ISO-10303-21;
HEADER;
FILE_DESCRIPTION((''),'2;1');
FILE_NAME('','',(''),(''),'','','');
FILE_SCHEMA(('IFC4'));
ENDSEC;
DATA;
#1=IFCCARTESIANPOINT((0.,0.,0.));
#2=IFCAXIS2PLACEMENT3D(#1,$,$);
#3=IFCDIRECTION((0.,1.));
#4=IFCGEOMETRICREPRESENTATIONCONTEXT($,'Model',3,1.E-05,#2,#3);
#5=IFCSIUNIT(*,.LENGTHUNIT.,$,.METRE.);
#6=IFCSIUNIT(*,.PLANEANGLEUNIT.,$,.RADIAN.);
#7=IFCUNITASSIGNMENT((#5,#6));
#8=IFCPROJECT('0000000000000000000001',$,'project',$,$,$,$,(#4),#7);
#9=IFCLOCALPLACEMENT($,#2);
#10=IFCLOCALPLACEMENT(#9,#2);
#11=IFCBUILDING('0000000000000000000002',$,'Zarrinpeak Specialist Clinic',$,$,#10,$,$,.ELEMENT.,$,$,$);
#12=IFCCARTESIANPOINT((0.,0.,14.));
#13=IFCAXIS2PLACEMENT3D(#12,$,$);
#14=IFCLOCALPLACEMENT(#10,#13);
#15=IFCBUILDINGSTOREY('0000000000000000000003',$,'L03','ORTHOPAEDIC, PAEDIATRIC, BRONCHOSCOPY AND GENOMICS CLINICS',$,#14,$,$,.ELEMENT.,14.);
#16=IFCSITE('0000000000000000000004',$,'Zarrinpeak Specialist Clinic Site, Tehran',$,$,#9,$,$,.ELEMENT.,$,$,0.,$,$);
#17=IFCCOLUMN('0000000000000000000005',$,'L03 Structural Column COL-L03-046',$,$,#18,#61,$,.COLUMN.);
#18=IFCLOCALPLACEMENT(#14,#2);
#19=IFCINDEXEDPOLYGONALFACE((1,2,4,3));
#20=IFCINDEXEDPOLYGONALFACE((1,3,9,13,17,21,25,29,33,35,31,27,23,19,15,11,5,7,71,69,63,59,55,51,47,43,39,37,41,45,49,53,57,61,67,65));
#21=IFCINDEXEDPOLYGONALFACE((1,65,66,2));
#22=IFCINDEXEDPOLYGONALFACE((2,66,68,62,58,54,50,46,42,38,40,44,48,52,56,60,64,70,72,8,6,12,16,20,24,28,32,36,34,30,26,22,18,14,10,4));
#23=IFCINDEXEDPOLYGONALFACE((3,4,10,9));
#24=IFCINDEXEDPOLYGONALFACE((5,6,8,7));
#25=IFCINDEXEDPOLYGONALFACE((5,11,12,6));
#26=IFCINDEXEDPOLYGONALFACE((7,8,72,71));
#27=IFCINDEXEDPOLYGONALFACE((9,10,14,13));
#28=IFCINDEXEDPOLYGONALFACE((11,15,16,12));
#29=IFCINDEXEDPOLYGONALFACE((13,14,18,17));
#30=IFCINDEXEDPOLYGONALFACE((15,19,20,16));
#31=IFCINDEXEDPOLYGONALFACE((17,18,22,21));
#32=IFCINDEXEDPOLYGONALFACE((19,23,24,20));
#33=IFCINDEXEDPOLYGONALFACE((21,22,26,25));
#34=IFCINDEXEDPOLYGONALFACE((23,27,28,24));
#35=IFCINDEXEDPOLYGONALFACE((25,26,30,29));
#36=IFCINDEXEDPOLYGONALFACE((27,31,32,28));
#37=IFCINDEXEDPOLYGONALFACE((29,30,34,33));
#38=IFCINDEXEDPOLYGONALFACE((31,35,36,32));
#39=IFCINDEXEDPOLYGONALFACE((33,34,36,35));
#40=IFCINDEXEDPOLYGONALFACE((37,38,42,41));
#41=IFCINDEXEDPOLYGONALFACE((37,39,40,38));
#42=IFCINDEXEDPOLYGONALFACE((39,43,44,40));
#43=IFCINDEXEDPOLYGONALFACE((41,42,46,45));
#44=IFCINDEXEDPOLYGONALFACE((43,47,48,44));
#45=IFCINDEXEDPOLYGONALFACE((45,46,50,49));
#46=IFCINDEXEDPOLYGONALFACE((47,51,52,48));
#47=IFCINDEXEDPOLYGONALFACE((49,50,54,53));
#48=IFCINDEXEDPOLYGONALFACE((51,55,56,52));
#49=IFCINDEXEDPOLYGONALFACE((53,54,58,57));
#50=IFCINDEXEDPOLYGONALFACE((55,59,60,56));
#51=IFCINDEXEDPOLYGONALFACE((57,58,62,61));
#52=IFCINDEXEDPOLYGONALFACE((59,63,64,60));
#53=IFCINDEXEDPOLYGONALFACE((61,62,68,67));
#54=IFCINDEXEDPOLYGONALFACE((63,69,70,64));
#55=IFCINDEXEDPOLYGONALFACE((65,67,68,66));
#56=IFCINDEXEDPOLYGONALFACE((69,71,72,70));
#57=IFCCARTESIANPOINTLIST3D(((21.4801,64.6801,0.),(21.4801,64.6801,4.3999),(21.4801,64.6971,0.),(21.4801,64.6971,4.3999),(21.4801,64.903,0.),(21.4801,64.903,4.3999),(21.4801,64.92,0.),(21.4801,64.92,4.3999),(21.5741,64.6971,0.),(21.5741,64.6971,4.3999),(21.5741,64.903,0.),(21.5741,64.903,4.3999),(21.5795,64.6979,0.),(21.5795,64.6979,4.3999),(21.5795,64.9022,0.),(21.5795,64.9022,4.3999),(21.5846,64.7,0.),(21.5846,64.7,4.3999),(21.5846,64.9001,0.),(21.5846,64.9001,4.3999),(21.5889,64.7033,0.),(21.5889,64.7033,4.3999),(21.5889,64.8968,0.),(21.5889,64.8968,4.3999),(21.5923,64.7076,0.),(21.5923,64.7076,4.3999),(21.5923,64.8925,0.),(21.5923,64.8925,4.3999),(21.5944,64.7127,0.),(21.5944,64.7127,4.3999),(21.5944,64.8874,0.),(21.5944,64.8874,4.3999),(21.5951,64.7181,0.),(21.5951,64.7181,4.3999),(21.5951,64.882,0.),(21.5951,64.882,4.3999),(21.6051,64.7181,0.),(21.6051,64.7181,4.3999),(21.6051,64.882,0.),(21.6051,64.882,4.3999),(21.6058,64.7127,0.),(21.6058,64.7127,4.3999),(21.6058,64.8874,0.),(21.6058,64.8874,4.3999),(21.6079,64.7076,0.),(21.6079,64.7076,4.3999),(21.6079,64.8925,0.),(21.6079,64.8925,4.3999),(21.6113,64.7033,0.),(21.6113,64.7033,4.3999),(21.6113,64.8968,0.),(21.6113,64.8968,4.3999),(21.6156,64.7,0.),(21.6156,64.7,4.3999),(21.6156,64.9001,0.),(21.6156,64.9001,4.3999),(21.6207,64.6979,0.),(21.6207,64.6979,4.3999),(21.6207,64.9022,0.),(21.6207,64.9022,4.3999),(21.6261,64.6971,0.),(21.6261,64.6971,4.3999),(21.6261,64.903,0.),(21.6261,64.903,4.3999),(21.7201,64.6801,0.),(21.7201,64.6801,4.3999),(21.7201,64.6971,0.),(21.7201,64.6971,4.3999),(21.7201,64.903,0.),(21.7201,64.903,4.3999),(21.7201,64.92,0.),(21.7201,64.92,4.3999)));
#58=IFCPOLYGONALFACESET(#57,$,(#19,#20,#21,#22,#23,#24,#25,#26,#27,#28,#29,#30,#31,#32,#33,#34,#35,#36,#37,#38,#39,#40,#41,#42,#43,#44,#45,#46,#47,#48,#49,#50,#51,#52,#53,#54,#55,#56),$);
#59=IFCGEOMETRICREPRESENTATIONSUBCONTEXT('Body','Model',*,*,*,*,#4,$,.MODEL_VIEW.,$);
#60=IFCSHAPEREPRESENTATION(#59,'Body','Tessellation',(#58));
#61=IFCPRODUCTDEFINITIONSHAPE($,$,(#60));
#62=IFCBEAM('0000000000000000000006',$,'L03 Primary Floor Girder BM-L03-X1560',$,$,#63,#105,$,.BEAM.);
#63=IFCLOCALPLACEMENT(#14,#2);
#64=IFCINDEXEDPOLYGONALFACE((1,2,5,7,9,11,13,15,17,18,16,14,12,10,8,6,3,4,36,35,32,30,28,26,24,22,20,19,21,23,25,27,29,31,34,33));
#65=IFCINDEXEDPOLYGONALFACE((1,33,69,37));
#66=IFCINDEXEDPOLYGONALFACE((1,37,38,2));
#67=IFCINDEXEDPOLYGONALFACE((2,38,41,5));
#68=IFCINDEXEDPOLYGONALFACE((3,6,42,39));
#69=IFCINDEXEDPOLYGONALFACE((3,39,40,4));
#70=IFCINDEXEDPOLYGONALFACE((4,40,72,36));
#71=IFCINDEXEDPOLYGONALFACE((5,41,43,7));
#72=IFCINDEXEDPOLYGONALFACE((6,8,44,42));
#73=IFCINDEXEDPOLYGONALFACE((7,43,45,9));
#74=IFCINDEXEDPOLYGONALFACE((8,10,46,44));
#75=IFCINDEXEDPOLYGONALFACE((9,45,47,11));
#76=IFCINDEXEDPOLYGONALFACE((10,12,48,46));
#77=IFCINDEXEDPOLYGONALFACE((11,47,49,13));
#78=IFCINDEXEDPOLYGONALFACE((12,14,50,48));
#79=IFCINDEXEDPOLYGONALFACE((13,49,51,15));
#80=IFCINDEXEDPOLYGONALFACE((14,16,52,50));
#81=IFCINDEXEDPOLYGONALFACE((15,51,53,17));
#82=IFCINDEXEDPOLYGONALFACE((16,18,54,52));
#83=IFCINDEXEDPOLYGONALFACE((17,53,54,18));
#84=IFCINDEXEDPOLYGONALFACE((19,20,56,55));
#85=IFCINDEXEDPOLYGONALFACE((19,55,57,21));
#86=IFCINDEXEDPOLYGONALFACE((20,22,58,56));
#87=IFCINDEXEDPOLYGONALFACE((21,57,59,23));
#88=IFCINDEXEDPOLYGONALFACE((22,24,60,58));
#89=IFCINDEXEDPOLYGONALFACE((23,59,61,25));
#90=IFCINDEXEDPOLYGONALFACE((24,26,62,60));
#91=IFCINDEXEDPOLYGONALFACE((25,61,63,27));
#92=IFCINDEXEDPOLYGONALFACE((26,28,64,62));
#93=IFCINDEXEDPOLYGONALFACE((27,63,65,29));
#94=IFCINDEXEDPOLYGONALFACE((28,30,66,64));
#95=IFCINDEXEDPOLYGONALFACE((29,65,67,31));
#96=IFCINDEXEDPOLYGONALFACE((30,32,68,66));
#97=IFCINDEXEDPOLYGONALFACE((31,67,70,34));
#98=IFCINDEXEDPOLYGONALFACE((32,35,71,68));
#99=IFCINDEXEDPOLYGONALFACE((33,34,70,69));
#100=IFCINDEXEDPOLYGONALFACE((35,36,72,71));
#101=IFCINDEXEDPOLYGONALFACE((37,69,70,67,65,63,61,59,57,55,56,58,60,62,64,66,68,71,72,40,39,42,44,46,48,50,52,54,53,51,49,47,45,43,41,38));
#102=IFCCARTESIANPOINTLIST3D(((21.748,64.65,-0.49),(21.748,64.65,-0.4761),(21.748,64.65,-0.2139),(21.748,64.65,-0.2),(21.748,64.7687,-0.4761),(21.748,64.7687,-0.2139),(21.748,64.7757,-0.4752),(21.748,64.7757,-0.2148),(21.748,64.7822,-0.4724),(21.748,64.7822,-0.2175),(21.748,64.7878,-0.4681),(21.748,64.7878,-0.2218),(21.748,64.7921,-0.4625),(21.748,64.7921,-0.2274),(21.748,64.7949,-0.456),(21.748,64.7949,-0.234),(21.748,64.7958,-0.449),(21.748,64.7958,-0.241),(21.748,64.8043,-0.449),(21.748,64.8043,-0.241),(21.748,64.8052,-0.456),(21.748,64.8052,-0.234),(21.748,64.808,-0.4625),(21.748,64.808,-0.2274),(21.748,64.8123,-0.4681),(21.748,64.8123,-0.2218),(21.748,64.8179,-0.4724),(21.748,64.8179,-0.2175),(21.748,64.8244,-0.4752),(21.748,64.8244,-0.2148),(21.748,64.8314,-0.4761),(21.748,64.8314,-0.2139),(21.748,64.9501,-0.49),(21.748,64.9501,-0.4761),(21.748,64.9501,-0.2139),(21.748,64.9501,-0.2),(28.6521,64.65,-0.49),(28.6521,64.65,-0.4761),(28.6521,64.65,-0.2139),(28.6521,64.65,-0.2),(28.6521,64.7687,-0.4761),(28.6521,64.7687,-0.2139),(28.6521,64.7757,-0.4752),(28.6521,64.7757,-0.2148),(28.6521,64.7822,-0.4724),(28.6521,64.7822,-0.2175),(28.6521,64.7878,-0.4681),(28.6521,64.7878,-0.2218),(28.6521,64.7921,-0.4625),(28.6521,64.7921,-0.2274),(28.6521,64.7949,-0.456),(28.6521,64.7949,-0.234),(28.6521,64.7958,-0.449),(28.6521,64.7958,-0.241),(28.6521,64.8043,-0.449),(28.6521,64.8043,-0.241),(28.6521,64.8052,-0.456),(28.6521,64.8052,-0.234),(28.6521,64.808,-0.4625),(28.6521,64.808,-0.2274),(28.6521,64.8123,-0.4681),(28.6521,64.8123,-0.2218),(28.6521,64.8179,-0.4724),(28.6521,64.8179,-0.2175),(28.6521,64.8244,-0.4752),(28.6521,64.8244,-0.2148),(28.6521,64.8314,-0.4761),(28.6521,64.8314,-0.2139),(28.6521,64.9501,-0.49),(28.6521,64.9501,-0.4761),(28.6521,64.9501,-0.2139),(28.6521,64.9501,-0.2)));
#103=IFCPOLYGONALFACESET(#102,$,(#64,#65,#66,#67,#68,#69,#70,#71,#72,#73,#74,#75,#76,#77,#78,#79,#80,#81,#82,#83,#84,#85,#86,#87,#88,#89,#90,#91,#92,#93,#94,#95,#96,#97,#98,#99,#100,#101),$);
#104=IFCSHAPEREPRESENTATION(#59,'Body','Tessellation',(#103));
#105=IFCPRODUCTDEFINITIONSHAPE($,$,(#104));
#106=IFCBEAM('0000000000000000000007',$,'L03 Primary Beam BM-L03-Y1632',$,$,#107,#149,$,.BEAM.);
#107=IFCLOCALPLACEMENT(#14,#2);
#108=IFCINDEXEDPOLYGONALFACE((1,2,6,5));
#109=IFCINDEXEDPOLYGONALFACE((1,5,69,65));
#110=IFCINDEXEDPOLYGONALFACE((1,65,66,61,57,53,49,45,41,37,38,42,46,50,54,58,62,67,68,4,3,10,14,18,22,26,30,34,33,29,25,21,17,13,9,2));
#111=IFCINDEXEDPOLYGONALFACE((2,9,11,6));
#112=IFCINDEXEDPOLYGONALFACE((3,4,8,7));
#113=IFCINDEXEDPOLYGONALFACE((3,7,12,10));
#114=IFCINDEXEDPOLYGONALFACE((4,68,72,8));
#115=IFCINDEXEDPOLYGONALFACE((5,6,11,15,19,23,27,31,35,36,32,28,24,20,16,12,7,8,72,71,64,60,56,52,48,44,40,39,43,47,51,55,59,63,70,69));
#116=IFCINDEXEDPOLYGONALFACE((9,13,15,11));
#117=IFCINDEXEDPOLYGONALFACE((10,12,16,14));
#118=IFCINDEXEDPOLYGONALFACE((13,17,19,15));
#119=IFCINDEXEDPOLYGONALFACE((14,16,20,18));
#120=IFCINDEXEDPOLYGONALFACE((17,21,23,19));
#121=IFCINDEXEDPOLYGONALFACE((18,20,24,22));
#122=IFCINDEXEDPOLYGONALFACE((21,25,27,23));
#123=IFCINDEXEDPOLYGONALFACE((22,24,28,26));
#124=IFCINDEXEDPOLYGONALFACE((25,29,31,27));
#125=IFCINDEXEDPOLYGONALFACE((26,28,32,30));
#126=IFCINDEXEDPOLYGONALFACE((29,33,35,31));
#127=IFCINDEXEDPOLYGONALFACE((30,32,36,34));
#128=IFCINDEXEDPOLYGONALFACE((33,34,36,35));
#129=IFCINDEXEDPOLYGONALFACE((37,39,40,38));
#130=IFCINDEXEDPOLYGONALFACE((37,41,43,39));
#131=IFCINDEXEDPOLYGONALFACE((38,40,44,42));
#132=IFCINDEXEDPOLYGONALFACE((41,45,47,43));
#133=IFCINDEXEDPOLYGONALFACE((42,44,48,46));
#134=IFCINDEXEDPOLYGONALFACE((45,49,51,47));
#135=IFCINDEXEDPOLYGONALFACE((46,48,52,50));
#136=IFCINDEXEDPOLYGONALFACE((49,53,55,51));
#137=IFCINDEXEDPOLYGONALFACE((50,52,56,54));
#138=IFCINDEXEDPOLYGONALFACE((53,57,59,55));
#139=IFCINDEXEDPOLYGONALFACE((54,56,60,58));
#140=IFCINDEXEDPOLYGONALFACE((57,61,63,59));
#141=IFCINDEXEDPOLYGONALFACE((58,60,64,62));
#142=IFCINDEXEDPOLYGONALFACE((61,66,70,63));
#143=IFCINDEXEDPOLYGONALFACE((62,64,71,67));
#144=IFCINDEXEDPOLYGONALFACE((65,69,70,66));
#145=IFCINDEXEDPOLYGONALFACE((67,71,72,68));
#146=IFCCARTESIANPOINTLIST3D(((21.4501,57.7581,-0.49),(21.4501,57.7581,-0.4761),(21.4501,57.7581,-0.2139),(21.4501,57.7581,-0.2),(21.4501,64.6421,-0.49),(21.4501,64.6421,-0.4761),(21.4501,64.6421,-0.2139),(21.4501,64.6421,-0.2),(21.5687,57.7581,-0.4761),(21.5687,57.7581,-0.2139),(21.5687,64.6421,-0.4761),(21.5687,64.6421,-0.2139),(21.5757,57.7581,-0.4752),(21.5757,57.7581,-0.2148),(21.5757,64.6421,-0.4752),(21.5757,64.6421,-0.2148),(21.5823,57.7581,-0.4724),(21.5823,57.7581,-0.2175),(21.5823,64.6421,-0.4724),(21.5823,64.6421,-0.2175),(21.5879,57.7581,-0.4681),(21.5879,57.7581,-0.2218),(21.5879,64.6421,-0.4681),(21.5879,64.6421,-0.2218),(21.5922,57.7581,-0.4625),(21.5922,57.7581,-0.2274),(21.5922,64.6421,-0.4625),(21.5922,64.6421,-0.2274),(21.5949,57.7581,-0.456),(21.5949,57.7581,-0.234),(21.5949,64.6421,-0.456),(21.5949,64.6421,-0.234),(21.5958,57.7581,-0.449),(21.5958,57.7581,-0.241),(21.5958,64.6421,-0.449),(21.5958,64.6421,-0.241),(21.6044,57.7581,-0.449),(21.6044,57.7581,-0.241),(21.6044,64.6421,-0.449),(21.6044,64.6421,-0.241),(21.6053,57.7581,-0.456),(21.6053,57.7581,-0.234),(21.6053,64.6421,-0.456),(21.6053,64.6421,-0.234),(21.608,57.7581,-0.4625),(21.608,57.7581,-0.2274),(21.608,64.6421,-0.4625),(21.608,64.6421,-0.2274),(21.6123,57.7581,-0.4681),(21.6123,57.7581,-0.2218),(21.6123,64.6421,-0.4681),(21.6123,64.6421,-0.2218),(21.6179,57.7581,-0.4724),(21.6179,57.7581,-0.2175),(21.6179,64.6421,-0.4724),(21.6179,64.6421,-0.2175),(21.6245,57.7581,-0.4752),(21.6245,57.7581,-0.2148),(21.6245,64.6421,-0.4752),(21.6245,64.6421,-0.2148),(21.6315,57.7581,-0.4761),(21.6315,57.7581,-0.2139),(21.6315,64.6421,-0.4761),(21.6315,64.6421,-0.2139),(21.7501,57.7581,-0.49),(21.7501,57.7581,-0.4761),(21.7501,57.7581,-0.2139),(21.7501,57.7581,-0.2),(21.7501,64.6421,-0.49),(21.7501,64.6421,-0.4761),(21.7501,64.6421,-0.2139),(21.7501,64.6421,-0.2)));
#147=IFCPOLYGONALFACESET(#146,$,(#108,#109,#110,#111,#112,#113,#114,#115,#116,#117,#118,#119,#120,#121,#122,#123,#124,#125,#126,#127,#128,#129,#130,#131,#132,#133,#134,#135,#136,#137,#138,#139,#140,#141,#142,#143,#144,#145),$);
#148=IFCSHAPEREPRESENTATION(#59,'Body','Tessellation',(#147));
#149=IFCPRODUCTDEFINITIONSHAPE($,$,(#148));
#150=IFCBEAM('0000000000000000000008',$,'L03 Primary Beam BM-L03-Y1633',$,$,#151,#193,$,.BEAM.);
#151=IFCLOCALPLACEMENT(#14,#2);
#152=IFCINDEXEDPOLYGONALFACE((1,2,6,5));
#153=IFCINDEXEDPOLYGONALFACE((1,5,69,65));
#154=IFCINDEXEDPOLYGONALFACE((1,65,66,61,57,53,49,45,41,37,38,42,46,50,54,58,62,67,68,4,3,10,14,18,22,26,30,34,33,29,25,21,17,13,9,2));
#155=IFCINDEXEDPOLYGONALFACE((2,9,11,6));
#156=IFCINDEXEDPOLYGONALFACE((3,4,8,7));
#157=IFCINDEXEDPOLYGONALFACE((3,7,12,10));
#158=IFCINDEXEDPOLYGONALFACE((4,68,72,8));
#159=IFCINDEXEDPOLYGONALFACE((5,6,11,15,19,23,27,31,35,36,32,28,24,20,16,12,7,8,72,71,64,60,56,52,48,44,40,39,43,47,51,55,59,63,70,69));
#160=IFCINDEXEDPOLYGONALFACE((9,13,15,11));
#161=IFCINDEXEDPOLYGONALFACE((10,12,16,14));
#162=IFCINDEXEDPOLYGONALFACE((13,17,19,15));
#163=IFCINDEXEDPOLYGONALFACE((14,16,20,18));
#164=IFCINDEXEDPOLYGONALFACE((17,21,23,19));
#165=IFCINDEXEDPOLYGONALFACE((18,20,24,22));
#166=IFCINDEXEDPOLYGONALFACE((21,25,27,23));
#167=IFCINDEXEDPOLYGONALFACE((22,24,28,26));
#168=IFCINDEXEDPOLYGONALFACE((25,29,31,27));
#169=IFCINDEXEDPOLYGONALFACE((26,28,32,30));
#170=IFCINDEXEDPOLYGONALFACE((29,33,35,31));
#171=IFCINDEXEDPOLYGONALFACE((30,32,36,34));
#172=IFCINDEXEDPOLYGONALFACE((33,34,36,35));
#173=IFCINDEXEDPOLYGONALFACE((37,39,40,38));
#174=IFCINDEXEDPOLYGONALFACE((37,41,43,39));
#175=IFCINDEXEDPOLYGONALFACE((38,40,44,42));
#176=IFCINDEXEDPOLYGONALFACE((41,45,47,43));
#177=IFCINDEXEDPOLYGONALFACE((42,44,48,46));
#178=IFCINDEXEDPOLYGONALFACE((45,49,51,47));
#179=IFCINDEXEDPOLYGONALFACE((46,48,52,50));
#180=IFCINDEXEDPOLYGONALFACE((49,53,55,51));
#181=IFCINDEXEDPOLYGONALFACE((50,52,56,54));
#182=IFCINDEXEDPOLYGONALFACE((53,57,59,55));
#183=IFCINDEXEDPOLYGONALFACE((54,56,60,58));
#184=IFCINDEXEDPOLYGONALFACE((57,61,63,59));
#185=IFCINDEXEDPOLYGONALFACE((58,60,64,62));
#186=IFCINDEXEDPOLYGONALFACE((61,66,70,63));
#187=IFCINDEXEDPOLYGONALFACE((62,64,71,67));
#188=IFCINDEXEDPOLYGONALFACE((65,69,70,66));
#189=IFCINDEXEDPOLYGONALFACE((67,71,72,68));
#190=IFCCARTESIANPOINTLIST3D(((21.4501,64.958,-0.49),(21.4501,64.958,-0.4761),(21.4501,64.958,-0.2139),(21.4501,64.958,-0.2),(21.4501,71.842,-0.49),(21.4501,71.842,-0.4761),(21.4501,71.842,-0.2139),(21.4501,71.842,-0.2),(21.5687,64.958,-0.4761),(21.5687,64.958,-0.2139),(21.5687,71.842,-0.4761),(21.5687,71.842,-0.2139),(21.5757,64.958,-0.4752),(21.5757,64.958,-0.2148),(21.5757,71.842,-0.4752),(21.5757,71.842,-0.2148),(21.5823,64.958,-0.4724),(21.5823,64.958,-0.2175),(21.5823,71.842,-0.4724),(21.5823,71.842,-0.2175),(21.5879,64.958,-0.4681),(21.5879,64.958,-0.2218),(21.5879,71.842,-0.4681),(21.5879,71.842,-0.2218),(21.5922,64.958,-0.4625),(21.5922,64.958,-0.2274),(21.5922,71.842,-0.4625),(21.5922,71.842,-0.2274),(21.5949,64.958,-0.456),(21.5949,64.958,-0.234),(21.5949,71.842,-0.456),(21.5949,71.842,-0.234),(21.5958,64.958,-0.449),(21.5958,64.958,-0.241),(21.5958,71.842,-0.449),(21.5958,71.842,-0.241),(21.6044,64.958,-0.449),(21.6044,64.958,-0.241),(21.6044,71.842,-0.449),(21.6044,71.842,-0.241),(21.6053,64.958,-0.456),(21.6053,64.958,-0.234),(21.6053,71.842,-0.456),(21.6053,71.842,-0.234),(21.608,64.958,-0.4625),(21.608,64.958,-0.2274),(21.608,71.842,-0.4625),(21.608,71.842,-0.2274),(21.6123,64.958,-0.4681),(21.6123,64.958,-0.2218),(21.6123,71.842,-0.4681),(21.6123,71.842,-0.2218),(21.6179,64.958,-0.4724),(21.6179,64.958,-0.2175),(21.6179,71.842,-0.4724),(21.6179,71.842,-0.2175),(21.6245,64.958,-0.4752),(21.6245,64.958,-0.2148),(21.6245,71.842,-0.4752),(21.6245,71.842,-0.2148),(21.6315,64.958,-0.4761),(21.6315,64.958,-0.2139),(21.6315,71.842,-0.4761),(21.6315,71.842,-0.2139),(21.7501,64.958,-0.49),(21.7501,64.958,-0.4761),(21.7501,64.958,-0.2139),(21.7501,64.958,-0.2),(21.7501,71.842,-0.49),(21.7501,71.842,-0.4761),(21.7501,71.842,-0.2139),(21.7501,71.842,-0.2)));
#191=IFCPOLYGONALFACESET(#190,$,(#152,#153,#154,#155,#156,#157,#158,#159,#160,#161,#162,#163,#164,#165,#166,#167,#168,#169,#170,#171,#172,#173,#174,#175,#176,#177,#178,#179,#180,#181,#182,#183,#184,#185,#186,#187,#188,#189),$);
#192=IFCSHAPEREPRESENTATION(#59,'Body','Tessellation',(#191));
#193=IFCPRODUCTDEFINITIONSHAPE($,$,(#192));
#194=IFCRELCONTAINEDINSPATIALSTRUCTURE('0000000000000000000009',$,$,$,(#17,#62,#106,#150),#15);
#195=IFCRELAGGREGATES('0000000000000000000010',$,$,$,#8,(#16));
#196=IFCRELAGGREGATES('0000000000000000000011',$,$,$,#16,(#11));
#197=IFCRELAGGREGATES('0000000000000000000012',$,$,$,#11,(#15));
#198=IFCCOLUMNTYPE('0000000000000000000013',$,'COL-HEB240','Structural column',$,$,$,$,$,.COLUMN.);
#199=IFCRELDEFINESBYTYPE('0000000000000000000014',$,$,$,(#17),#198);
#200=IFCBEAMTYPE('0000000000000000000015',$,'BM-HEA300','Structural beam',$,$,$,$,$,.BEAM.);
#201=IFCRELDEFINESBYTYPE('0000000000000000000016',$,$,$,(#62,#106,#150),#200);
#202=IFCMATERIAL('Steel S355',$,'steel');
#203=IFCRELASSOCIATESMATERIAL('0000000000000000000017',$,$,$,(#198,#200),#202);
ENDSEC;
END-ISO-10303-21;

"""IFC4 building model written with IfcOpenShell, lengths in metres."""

from ifc_helpers import new_model, si_unit, direction, frame, origin, origin_2d, place, context, subcontext, project, spatial, i_section, extrude, material, material_profile, profile_set, type_object, element, save


model = new_model("IFC4")

# Units and contexts
model_context = context("Model", 3, precision=1e-05, world=origin(), true_north=direction((0.0, 1.0)))
body_context = subcontext(model_context, "Body", "Model", "MODEL_VIEW")
ifc_project = project(units=[si_unit("LENGTHUNIT", "METRE"), si_unit("PLANEANGLEUNIT", "RADIAN")], contexts=[model_context])

# Site, building, storey
site_placement = place(None, origin())
site = spatial("IfcSite", under=ifc_project, at=site_placement, Name="Zarrinpeak Specialist Clinic Site, Tehran", CompositionType="ELEMENT", RefElevation=0.0)
building_placement = place(site_placement, origin())
building = spatial("IfcBuilding", under=site, at=building_placement, Name="Zarrinpeak Specialist Clinic", CompositionType="ELEMENT")
storey_placement = place(building_placement, frame((0.0, 0.0, 14.0)))
storey = spatial("IfcBuildingStorey", under=building, at=storey_placement, Name="L03", Description="ORTHOPAEDIC, PAEDIATRIC, BRONCHOSCOPY AND GENOMICS CLINICS", CompositionType="ELEMENT", Elevation=14.0)

# Column
ifc_material_1 = material(Name="Steel S355", Category="steel")
ifc_material_profile_1 = material_profile(ifc_material_1, i_section(OverallWidth=0.24, OverallDepth=0.24, WebThickness=0.01, FlangeThickness=0.0171, FilletRadius=0.021, at=origin_2d()), Name="HEB 240")
ifc_profile_set_1 = profile_set([ifc_material_profile_1], Name="Steel S355")
column_type = type_object("IfcColumnType", Name="COL-HEB240", Description="Structural column", PredefinedType="COLUMN", material=ifc_profile_set_1)
column_placement = place(storey_placement, frame((21.6001, 64.8, 0.0), z_axis=(0.0, 0.0, 1.0), x_axis=(1.0, 0.0, 0.0)))
element("IfcColumn", 1, at=column_placement, inside=storey, type_object=column_type, Name="L03 Structural Column COL-L03-046", PredefinedType="COLUMN", context=body_context, shape_type="SweptSolid", body=[
    extrude(i_section(OverallWidth=0.24, OverallDepth=0.24, WebThickness=0.01, FlangeThickness=0.0171, FilletRadius=0.021, at=origin_2d()), origin(), (0.0, 0.0, 1.0), 4.3999),
])

# Beams
ifc_material_profile_2 = material_profile(ifc_material_1, i_section(OverallWidth=0.3, OverallDepth=0.29, WebThickness=0.0085, FlangeThickness=0.0139, FilletRadius=0.0271, at=origin_2d()), Name="HEA 300")
ifc_profile_set_2 = profile_set([ifc_material_profile_2], Name="Steel S355")
beam_type_1 = type_object("IfcBeamType", Name="BM-HEA300", Description="Structural beam", PredefinedType="BEAM", material=ifc_profile_set_2)
beam_1_placement = place(storey_placement, frame((21.748, 64.8, -0.345), z_axis=(1.0, 0.0, 0.0), x_axis=(0.0, 1.0, 0.0)))
element("IfcBeam", 2, at=beam_1_placement, inside=storey, type_object=beam_type_1, Name="L03 Primary Floor Girder BM-L03-X1560", PredefinedType="BEAM", context=body_context, shape_type="SweptSolid", body=[
    extrude(i_section(OverallWidth=0.3, OverallDepth=0.29, WebThickness=0.0085, FlangeThickness=0.0139, FilletRadius=0.0271, at=origin_2d()), origin(), (0.0, 0.0, 1.0), 6.9041),
])
for number, where, z_axis, x_axis, name in (
    (3, (21.6001, 57.7581, -0.345), (0.0, 1.0, 0.0), (-1.0, 0.0, 0.0), "L03 Primary Beam BM-L03-Y1632"),
    (4, (21.6001, 64.958, -0.345), (0.0, 1.0, 0.0), (-1.0, 0.0, 0.0), "L03 Primary Beam BM-L03-Y1633"),
):
    element("IfcBeam", number, at=place(storey_placement, frame(where, z_axis=z_axis, x_axis=x_axis)), inside=storey, type_object=beam_type_1, Name=name, PredefinedType="BEAM", context=body_context, shape_type="SweptSolid", body=[
        extrude(i_section(OverallWidth=0.3, OverallDepth=0.29, WebThickness=0.0085, FlangeThickness=0.0139, FilletRadius=0.0271, at=origin_2d()), origin(), (0.0, 0.0, 1.0), 6.884),
    ])

save(model, "model.ifc")
